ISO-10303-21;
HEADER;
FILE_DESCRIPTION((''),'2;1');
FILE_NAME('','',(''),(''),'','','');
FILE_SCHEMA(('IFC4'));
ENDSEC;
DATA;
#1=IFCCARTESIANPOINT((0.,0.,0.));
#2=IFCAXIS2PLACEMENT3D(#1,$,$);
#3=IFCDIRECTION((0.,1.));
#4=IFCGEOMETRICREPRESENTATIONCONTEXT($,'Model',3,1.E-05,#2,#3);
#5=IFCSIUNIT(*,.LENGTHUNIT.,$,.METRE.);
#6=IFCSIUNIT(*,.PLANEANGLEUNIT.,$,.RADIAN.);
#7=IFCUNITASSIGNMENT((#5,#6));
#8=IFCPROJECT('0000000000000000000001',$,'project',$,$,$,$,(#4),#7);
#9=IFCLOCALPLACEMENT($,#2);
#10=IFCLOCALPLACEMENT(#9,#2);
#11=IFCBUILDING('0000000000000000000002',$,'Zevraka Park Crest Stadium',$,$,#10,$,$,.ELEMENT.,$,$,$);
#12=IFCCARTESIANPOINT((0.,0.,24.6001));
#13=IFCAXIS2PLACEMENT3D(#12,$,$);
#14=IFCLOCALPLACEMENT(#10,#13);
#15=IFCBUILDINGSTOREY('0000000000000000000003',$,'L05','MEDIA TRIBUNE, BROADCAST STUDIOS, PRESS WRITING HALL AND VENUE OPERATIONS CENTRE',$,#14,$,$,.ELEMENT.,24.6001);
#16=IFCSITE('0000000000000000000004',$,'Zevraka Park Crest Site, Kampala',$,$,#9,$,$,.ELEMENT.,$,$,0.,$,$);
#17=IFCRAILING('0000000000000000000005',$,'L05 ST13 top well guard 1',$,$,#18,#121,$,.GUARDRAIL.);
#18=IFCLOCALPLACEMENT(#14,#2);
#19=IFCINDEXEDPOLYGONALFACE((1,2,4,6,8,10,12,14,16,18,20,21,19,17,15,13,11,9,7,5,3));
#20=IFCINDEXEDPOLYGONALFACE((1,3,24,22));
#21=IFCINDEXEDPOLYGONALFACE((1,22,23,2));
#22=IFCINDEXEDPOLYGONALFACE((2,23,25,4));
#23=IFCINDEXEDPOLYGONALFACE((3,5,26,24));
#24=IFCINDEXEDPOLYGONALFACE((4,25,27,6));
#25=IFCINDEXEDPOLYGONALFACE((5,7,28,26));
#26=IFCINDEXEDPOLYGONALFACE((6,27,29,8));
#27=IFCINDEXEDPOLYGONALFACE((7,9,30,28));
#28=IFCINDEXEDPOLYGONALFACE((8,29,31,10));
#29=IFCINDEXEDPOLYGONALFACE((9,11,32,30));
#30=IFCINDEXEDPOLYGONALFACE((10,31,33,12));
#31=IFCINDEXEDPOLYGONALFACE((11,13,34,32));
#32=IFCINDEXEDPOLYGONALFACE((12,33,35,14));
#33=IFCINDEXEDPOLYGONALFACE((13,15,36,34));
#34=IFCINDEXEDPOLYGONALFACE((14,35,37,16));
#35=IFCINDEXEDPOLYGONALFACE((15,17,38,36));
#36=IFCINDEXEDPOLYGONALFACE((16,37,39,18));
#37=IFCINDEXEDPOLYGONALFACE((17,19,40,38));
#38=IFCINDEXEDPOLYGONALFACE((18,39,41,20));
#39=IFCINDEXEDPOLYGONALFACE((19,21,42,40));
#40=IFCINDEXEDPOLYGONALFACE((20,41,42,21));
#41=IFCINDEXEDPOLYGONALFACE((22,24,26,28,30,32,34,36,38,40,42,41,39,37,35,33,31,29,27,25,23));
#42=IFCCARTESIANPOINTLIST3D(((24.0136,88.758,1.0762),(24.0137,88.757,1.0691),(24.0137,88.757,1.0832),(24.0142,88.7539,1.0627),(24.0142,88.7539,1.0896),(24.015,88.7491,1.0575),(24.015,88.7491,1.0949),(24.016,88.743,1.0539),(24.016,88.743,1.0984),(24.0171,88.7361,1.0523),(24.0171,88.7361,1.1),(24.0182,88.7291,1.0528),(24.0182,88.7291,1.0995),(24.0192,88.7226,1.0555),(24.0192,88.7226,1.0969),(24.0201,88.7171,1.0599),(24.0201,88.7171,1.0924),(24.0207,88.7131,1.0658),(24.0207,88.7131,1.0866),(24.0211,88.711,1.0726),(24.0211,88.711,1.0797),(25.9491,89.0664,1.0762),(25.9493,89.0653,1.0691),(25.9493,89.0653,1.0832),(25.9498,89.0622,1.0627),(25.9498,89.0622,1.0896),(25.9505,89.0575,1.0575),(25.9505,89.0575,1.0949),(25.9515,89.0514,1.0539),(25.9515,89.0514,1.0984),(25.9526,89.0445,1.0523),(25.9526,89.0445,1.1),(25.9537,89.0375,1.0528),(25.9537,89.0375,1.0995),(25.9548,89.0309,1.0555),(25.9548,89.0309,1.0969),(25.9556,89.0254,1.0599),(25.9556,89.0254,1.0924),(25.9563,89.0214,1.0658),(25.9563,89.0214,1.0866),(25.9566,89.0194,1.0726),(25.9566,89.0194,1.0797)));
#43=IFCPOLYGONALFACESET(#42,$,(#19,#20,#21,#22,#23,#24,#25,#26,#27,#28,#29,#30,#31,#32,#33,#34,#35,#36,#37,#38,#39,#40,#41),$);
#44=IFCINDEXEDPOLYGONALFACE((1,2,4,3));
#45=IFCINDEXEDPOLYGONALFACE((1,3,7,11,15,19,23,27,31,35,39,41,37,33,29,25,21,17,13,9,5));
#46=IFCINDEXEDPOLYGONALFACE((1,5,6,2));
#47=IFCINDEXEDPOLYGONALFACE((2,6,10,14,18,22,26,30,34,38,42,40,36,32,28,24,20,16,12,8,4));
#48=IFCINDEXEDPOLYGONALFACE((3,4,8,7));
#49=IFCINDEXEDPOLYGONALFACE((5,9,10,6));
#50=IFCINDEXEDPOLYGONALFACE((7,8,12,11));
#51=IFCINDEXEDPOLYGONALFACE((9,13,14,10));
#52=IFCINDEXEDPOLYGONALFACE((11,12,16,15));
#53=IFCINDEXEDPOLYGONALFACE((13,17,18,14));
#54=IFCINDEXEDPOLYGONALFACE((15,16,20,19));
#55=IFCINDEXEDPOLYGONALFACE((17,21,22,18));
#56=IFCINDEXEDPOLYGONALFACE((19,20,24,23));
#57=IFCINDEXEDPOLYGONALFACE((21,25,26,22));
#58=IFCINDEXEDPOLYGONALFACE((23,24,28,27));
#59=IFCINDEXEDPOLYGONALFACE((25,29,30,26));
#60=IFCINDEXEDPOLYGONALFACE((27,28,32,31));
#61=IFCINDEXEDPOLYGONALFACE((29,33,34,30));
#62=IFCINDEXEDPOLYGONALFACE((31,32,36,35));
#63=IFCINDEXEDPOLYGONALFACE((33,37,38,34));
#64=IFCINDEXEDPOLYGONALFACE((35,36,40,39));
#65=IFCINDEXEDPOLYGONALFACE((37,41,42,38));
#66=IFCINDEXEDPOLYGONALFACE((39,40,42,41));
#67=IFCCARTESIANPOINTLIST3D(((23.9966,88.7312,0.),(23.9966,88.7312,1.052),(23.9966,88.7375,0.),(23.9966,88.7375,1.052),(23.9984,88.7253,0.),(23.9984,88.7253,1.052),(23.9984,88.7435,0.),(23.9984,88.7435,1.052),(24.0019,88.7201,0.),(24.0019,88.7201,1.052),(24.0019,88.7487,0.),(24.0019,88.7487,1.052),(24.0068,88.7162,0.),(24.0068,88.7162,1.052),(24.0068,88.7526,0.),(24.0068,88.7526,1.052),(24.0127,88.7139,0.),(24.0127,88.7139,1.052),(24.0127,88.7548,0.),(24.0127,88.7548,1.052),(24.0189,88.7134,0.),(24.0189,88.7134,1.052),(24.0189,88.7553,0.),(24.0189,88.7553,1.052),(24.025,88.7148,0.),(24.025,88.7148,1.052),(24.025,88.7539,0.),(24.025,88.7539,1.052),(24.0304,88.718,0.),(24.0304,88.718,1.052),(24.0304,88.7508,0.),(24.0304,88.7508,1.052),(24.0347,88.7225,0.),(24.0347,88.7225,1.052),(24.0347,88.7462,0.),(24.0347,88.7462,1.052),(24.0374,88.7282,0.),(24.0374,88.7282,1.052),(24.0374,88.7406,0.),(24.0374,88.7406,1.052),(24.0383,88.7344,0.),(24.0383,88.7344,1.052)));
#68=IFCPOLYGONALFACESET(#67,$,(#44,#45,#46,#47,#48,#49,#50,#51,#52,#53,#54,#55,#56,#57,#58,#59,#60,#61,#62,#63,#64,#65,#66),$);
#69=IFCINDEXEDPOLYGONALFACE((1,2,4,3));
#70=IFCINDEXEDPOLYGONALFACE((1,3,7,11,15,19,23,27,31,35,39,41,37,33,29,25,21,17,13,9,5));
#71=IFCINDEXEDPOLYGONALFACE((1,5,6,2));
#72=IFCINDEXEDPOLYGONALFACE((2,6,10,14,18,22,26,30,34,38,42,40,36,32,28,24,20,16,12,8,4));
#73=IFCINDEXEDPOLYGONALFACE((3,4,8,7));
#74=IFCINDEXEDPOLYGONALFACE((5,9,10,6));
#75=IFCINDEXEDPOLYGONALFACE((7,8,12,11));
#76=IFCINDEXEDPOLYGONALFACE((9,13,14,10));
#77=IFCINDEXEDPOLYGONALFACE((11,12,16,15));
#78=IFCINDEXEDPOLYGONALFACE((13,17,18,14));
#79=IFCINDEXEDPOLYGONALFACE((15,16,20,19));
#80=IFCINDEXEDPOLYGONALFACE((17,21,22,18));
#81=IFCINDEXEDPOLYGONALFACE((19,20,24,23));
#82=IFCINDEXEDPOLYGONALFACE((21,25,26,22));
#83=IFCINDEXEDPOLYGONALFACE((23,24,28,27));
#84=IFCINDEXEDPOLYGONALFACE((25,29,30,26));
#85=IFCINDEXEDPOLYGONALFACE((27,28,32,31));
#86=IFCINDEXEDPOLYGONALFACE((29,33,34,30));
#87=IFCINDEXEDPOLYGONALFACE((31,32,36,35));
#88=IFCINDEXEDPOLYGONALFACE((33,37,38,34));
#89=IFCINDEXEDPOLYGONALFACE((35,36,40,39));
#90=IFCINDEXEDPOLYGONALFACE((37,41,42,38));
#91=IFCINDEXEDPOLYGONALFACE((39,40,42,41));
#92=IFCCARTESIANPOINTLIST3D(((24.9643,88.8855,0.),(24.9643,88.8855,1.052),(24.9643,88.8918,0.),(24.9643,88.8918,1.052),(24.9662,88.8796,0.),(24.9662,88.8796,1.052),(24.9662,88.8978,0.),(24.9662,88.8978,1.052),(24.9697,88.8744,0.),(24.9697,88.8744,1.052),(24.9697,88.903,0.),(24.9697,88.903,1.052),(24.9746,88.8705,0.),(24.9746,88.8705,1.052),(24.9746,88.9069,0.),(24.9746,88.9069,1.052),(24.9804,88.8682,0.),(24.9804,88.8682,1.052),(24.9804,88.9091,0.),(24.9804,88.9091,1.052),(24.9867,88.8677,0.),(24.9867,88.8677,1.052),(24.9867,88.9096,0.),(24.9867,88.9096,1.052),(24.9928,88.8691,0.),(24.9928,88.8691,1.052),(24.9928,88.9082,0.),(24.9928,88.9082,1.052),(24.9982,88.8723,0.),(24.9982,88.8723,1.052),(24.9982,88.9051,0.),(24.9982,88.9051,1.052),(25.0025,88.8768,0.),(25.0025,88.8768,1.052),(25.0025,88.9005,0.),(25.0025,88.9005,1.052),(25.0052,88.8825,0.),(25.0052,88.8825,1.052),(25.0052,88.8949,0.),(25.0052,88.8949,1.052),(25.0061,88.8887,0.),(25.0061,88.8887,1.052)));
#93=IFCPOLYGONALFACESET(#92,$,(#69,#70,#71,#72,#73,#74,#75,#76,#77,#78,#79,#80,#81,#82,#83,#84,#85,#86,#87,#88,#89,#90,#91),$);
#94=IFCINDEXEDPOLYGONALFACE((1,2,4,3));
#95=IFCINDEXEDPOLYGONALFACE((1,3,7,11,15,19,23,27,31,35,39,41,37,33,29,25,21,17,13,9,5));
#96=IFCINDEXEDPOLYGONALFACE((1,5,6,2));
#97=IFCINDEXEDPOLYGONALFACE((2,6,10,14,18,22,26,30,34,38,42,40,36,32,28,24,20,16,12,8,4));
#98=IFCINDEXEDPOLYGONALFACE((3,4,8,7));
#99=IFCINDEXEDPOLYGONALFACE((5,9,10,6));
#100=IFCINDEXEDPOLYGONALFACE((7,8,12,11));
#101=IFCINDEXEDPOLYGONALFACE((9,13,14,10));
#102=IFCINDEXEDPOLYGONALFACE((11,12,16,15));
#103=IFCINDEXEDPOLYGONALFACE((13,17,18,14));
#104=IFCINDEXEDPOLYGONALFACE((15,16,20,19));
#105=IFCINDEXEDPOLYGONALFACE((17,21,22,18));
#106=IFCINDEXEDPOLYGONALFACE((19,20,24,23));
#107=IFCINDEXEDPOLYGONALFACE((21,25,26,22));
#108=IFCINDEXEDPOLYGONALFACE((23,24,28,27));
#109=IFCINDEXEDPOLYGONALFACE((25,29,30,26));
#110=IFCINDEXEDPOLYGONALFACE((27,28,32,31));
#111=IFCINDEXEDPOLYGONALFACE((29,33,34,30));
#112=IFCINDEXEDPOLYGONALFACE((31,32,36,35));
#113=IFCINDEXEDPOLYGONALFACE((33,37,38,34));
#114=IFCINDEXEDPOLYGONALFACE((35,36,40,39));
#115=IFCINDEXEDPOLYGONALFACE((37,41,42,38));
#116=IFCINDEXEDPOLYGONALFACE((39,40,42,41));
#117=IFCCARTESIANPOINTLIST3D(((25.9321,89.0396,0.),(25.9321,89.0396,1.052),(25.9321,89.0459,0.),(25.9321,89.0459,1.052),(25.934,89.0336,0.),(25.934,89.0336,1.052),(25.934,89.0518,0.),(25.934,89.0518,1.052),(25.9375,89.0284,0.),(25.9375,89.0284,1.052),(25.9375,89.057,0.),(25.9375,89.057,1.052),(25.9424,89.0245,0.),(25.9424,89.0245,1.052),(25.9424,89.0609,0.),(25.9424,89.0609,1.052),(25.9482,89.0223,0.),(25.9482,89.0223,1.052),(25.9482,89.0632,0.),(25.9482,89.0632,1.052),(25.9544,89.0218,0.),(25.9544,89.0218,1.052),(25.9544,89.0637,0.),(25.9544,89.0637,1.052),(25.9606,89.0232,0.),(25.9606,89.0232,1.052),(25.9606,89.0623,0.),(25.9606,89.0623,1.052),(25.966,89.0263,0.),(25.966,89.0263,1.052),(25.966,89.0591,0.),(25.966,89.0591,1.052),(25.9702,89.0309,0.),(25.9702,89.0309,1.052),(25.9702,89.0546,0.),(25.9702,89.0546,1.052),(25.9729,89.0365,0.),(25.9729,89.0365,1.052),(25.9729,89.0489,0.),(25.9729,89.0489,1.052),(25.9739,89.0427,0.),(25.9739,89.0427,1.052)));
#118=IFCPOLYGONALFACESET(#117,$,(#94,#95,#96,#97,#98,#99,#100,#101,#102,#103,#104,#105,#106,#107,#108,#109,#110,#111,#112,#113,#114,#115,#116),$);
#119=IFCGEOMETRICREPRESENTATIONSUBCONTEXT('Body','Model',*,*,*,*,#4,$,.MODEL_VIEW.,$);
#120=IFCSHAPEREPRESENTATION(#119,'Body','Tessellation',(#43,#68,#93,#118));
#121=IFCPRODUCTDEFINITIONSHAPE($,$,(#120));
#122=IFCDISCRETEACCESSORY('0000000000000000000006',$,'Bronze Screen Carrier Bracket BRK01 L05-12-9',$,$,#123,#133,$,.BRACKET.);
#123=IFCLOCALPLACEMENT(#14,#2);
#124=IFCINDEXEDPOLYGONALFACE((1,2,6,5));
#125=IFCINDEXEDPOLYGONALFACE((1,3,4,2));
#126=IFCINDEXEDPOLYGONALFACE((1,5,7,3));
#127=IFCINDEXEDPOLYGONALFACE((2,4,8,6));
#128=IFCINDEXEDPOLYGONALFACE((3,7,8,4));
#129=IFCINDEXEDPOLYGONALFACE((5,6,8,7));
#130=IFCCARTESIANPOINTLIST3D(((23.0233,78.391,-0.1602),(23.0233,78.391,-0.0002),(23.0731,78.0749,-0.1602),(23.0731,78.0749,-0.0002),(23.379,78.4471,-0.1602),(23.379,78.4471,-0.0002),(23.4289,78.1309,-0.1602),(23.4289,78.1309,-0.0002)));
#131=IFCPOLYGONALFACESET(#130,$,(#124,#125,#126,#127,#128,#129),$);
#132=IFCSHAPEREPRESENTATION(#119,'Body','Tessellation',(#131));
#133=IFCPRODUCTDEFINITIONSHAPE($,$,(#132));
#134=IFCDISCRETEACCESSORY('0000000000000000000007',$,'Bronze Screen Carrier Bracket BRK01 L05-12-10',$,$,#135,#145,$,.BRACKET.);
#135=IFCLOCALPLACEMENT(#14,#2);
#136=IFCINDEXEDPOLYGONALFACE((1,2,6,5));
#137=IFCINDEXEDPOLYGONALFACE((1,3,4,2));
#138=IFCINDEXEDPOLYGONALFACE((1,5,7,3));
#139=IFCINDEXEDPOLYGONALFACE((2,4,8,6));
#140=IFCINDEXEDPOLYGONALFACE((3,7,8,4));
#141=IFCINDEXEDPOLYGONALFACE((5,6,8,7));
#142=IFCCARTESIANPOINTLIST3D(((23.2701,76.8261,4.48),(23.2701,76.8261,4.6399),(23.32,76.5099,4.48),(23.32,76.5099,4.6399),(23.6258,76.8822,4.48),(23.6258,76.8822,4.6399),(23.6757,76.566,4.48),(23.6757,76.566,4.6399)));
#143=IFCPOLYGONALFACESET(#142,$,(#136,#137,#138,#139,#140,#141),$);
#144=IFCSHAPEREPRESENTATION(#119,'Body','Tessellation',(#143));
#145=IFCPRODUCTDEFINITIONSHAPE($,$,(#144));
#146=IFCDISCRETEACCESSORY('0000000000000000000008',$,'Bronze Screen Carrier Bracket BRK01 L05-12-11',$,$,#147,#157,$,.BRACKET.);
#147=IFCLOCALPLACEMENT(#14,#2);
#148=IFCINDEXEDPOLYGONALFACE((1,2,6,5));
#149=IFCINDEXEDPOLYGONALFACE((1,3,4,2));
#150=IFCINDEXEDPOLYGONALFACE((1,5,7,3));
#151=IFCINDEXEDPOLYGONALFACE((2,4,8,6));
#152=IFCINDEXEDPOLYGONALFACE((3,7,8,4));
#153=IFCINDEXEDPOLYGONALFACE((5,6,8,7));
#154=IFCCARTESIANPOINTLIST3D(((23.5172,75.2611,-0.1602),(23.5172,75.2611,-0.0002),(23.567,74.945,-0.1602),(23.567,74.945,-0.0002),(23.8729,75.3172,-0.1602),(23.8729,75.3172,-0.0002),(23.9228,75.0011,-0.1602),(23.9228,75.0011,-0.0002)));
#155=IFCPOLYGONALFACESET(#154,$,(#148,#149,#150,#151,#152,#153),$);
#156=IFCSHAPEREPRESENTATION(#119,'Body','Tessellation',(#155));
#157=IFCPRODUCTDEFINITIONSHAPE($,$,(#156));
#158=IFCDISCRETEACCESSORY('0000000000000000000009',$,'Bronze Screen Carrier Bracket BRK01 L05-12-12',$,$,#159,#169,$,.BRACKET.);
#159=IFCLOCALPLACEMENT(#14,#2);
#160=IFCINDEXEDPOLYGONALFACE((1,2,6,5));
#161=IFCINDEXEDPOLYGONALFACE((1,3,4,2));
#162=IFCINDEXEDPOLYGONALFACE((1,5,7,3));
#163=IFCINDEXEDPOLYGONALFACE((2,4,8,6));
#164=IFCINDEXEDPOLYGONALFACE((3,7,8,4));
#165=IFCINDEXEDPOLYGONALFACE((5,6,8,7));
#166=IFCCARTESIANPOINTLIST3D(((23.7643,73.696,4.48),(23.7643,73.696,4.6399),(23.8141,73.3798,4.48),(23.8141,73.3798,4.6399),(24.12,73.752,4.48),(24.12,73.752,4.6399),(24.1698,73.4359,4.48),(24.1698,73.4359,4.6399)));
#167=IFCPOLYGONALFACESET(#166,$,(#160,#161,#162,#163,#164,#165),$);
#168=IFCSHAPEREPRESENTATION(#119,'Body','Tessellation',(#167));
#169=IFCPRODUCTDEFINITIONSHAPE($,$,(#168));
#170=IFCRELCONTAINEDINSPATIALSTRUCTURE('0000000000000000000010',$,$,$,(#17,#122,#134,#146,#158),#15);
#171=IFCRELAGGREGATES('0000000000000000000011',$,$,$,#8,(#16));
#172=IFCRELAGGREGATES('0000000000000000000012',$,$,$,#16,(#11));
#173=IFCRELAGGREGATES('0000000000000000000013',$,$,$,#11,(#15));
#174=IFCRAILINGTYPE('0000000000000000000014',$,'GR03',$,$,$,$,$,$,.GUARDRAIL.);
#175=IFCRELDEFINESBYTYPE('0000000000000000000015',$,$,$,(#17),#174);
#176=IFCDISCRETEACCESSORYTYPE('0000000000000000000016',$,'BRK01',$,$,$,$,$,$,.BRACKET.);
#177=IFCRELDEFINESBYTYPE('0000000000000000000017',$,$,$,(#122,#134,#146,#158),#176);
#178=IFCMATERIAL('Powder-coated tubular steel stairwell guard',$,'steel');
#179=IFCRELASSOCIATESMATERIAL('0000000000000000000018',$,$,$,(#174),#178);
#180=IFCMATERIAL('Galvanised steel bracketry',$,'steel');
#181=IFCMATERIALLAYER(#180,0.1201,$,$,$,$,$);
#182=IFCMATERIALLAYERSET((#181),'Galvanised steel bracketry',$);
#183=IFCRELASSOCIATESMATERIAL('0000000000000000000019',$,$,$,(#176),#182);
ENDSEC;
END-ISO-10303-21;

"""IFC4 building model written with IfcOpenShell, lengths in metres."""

from ifc_helpers import new_model, si_unit, direction, frame, origin, origin_2d, place, context, subcontext, project, spatial, rectangle, circle, extrude, material, layer, layer_set, type_object, element, save


model = new_model("IFC4")

# Units and contexts
model_context = context("Model", 3, precision=1e-05, world=origin(), true_north=direction((0.0, 1.0)))
body_context = subcontext(model_context, "Body", "Model", "MODEL_VIEW")
ifc_project = project(units=[si_unit("LENGTHUNIT", "METRE"), si_unit("PLANEANGLEUNIT", "RADIAN")], contexts=[model_context])

# Site, building, storey
site_placement = place(None, origin())
site = spatial("IfcSite", under=ifc_project, at=site_placement, Name="Zevraka Park Crest Site, Kampala", CompositionType="ELEMENT", RefElevation=0.0)
building_placement = place(site_placement, origin())
building = spatial("IfcBuilding", under=site, at=building_placement, Name="Zevraka Park Crest Stadium", CompositionType="ELEMENT")
storey_placement = place(building_placement, frame((0.0, 0.0, 24.6001)))
storey = spatial("IfcBuildingStorey", under=building, at=storey_placement, Name="L05", Description="MEDIA TRIBUNE, BROADCAST STUDIOS, PRESS WRITING HALL AND VENUE OPERATIONS CENTRE", CompositionType="ELEMENT", Elevation=24.6001)

# Railing
ifc_material_1 = material(Name="Powder-coated tubular steel stairwell guard", Category="steel")
railing_type_1 = type_object("IfcRailingType", Name="GR03", PredefinedType="GUARDRAIL", material=ifc_material_1)
railing_1_placement = place(storey_placement, frame((24.0173, 88.7344, 0.0)))
element("IfcRailing", 1, at=railing_1_placement, inside=storey, type_object=railing_type_1, Name="L05 ST13 top well guard 1", PredefinedType="GUARDRAIL", context=body_context, shape_type="SweptSolid", body=[
    extrude(circle(Radius=0.0239, at=origin_2d()), frame((0.0, 0.0, 1.0762), z_axis=(0.987547, 0.157325, 0.0), x_axis=(-0.157325, 0.987547, 0.0)), (0.0, 0.0, 1.0), 1.96),
    extrude(circle(Radius=0.021, at=origin_2d()), origin(), (0.0, 0.0, 1.0), 1.052),
    extrude(circle(Radius=0.021, at=origin_2d()), frame((0.9678, 0.1543, 0.0)), (0.0, 0.0, 1.0), 1.052),
    extrude(circle(Radius=0.021, at=origin_2d()), frame((1.9355, 0.3083, 0.0)), (0.0, 0.0, 1.0), 1.052),
])

# Discrete accessories
ifc_material_2 = material(Name="Galvanised steel bracketry", Category="steel")
ifc_layer_1 = layer(ifc_material_2, 0.1201)
ifc_layer_set_1 = layer_set([ifc_layer_1], Name="Galvanised steel bracketry")
discrete_accessory_type = type_object("IfcDiscreteAccessoryType", Name="BRK01", PredefinedType="BRACKET", material=ifc_layer_set_1)
for number, where, z_axis, x_axis, name in (
    (2, (23.2261, 78.261, -0.1602), (0.0, 0.0, 1.0), (0.155745, -0.987797, 0.0), "Bronze Screen Carrier Bracket BRK01 L05-12-9"),
    (3, (23.4729, 76.696, 4.48), (0.0, 0.0, 1.0), (0.155745, -0.987797, 0.0), "Bronze Screen Carrier Bracket BRK01 L05-12-10"),
    (4, (23.72, 75.1311, -0.1602), (0.0, 0.0, 1.0), (0.155745, -0.987797, 0.0), "Bronze Screen Carrier Bracket BRK01 L05-12-11"),
    (5, (23.967, 73.5659, 4.48), (0.0, 0.0, 1.0), (0.155745, -0.987797, 0.0), "Bronze Screen Carrier Bracket BRK01 L05-12-12"),
):
    element("IfcDiscreteAccessory", number, at=place(storey_placement, frame(where, z_axis=z_axis, x_axis=x_axis)), inside=storey, type_object=discrete_accessory_type, Name=name, PredefinedType="BRACKET", context=body_context, shape_type="SweptSolid", body=[
        extrude(rectangle(XDim=0.3201, YDim=0.3601, at=origin_2d()), origin(), (0.0, 0.0, 1.0), 0.1599),
    ])

save(model, "model.ifc")
